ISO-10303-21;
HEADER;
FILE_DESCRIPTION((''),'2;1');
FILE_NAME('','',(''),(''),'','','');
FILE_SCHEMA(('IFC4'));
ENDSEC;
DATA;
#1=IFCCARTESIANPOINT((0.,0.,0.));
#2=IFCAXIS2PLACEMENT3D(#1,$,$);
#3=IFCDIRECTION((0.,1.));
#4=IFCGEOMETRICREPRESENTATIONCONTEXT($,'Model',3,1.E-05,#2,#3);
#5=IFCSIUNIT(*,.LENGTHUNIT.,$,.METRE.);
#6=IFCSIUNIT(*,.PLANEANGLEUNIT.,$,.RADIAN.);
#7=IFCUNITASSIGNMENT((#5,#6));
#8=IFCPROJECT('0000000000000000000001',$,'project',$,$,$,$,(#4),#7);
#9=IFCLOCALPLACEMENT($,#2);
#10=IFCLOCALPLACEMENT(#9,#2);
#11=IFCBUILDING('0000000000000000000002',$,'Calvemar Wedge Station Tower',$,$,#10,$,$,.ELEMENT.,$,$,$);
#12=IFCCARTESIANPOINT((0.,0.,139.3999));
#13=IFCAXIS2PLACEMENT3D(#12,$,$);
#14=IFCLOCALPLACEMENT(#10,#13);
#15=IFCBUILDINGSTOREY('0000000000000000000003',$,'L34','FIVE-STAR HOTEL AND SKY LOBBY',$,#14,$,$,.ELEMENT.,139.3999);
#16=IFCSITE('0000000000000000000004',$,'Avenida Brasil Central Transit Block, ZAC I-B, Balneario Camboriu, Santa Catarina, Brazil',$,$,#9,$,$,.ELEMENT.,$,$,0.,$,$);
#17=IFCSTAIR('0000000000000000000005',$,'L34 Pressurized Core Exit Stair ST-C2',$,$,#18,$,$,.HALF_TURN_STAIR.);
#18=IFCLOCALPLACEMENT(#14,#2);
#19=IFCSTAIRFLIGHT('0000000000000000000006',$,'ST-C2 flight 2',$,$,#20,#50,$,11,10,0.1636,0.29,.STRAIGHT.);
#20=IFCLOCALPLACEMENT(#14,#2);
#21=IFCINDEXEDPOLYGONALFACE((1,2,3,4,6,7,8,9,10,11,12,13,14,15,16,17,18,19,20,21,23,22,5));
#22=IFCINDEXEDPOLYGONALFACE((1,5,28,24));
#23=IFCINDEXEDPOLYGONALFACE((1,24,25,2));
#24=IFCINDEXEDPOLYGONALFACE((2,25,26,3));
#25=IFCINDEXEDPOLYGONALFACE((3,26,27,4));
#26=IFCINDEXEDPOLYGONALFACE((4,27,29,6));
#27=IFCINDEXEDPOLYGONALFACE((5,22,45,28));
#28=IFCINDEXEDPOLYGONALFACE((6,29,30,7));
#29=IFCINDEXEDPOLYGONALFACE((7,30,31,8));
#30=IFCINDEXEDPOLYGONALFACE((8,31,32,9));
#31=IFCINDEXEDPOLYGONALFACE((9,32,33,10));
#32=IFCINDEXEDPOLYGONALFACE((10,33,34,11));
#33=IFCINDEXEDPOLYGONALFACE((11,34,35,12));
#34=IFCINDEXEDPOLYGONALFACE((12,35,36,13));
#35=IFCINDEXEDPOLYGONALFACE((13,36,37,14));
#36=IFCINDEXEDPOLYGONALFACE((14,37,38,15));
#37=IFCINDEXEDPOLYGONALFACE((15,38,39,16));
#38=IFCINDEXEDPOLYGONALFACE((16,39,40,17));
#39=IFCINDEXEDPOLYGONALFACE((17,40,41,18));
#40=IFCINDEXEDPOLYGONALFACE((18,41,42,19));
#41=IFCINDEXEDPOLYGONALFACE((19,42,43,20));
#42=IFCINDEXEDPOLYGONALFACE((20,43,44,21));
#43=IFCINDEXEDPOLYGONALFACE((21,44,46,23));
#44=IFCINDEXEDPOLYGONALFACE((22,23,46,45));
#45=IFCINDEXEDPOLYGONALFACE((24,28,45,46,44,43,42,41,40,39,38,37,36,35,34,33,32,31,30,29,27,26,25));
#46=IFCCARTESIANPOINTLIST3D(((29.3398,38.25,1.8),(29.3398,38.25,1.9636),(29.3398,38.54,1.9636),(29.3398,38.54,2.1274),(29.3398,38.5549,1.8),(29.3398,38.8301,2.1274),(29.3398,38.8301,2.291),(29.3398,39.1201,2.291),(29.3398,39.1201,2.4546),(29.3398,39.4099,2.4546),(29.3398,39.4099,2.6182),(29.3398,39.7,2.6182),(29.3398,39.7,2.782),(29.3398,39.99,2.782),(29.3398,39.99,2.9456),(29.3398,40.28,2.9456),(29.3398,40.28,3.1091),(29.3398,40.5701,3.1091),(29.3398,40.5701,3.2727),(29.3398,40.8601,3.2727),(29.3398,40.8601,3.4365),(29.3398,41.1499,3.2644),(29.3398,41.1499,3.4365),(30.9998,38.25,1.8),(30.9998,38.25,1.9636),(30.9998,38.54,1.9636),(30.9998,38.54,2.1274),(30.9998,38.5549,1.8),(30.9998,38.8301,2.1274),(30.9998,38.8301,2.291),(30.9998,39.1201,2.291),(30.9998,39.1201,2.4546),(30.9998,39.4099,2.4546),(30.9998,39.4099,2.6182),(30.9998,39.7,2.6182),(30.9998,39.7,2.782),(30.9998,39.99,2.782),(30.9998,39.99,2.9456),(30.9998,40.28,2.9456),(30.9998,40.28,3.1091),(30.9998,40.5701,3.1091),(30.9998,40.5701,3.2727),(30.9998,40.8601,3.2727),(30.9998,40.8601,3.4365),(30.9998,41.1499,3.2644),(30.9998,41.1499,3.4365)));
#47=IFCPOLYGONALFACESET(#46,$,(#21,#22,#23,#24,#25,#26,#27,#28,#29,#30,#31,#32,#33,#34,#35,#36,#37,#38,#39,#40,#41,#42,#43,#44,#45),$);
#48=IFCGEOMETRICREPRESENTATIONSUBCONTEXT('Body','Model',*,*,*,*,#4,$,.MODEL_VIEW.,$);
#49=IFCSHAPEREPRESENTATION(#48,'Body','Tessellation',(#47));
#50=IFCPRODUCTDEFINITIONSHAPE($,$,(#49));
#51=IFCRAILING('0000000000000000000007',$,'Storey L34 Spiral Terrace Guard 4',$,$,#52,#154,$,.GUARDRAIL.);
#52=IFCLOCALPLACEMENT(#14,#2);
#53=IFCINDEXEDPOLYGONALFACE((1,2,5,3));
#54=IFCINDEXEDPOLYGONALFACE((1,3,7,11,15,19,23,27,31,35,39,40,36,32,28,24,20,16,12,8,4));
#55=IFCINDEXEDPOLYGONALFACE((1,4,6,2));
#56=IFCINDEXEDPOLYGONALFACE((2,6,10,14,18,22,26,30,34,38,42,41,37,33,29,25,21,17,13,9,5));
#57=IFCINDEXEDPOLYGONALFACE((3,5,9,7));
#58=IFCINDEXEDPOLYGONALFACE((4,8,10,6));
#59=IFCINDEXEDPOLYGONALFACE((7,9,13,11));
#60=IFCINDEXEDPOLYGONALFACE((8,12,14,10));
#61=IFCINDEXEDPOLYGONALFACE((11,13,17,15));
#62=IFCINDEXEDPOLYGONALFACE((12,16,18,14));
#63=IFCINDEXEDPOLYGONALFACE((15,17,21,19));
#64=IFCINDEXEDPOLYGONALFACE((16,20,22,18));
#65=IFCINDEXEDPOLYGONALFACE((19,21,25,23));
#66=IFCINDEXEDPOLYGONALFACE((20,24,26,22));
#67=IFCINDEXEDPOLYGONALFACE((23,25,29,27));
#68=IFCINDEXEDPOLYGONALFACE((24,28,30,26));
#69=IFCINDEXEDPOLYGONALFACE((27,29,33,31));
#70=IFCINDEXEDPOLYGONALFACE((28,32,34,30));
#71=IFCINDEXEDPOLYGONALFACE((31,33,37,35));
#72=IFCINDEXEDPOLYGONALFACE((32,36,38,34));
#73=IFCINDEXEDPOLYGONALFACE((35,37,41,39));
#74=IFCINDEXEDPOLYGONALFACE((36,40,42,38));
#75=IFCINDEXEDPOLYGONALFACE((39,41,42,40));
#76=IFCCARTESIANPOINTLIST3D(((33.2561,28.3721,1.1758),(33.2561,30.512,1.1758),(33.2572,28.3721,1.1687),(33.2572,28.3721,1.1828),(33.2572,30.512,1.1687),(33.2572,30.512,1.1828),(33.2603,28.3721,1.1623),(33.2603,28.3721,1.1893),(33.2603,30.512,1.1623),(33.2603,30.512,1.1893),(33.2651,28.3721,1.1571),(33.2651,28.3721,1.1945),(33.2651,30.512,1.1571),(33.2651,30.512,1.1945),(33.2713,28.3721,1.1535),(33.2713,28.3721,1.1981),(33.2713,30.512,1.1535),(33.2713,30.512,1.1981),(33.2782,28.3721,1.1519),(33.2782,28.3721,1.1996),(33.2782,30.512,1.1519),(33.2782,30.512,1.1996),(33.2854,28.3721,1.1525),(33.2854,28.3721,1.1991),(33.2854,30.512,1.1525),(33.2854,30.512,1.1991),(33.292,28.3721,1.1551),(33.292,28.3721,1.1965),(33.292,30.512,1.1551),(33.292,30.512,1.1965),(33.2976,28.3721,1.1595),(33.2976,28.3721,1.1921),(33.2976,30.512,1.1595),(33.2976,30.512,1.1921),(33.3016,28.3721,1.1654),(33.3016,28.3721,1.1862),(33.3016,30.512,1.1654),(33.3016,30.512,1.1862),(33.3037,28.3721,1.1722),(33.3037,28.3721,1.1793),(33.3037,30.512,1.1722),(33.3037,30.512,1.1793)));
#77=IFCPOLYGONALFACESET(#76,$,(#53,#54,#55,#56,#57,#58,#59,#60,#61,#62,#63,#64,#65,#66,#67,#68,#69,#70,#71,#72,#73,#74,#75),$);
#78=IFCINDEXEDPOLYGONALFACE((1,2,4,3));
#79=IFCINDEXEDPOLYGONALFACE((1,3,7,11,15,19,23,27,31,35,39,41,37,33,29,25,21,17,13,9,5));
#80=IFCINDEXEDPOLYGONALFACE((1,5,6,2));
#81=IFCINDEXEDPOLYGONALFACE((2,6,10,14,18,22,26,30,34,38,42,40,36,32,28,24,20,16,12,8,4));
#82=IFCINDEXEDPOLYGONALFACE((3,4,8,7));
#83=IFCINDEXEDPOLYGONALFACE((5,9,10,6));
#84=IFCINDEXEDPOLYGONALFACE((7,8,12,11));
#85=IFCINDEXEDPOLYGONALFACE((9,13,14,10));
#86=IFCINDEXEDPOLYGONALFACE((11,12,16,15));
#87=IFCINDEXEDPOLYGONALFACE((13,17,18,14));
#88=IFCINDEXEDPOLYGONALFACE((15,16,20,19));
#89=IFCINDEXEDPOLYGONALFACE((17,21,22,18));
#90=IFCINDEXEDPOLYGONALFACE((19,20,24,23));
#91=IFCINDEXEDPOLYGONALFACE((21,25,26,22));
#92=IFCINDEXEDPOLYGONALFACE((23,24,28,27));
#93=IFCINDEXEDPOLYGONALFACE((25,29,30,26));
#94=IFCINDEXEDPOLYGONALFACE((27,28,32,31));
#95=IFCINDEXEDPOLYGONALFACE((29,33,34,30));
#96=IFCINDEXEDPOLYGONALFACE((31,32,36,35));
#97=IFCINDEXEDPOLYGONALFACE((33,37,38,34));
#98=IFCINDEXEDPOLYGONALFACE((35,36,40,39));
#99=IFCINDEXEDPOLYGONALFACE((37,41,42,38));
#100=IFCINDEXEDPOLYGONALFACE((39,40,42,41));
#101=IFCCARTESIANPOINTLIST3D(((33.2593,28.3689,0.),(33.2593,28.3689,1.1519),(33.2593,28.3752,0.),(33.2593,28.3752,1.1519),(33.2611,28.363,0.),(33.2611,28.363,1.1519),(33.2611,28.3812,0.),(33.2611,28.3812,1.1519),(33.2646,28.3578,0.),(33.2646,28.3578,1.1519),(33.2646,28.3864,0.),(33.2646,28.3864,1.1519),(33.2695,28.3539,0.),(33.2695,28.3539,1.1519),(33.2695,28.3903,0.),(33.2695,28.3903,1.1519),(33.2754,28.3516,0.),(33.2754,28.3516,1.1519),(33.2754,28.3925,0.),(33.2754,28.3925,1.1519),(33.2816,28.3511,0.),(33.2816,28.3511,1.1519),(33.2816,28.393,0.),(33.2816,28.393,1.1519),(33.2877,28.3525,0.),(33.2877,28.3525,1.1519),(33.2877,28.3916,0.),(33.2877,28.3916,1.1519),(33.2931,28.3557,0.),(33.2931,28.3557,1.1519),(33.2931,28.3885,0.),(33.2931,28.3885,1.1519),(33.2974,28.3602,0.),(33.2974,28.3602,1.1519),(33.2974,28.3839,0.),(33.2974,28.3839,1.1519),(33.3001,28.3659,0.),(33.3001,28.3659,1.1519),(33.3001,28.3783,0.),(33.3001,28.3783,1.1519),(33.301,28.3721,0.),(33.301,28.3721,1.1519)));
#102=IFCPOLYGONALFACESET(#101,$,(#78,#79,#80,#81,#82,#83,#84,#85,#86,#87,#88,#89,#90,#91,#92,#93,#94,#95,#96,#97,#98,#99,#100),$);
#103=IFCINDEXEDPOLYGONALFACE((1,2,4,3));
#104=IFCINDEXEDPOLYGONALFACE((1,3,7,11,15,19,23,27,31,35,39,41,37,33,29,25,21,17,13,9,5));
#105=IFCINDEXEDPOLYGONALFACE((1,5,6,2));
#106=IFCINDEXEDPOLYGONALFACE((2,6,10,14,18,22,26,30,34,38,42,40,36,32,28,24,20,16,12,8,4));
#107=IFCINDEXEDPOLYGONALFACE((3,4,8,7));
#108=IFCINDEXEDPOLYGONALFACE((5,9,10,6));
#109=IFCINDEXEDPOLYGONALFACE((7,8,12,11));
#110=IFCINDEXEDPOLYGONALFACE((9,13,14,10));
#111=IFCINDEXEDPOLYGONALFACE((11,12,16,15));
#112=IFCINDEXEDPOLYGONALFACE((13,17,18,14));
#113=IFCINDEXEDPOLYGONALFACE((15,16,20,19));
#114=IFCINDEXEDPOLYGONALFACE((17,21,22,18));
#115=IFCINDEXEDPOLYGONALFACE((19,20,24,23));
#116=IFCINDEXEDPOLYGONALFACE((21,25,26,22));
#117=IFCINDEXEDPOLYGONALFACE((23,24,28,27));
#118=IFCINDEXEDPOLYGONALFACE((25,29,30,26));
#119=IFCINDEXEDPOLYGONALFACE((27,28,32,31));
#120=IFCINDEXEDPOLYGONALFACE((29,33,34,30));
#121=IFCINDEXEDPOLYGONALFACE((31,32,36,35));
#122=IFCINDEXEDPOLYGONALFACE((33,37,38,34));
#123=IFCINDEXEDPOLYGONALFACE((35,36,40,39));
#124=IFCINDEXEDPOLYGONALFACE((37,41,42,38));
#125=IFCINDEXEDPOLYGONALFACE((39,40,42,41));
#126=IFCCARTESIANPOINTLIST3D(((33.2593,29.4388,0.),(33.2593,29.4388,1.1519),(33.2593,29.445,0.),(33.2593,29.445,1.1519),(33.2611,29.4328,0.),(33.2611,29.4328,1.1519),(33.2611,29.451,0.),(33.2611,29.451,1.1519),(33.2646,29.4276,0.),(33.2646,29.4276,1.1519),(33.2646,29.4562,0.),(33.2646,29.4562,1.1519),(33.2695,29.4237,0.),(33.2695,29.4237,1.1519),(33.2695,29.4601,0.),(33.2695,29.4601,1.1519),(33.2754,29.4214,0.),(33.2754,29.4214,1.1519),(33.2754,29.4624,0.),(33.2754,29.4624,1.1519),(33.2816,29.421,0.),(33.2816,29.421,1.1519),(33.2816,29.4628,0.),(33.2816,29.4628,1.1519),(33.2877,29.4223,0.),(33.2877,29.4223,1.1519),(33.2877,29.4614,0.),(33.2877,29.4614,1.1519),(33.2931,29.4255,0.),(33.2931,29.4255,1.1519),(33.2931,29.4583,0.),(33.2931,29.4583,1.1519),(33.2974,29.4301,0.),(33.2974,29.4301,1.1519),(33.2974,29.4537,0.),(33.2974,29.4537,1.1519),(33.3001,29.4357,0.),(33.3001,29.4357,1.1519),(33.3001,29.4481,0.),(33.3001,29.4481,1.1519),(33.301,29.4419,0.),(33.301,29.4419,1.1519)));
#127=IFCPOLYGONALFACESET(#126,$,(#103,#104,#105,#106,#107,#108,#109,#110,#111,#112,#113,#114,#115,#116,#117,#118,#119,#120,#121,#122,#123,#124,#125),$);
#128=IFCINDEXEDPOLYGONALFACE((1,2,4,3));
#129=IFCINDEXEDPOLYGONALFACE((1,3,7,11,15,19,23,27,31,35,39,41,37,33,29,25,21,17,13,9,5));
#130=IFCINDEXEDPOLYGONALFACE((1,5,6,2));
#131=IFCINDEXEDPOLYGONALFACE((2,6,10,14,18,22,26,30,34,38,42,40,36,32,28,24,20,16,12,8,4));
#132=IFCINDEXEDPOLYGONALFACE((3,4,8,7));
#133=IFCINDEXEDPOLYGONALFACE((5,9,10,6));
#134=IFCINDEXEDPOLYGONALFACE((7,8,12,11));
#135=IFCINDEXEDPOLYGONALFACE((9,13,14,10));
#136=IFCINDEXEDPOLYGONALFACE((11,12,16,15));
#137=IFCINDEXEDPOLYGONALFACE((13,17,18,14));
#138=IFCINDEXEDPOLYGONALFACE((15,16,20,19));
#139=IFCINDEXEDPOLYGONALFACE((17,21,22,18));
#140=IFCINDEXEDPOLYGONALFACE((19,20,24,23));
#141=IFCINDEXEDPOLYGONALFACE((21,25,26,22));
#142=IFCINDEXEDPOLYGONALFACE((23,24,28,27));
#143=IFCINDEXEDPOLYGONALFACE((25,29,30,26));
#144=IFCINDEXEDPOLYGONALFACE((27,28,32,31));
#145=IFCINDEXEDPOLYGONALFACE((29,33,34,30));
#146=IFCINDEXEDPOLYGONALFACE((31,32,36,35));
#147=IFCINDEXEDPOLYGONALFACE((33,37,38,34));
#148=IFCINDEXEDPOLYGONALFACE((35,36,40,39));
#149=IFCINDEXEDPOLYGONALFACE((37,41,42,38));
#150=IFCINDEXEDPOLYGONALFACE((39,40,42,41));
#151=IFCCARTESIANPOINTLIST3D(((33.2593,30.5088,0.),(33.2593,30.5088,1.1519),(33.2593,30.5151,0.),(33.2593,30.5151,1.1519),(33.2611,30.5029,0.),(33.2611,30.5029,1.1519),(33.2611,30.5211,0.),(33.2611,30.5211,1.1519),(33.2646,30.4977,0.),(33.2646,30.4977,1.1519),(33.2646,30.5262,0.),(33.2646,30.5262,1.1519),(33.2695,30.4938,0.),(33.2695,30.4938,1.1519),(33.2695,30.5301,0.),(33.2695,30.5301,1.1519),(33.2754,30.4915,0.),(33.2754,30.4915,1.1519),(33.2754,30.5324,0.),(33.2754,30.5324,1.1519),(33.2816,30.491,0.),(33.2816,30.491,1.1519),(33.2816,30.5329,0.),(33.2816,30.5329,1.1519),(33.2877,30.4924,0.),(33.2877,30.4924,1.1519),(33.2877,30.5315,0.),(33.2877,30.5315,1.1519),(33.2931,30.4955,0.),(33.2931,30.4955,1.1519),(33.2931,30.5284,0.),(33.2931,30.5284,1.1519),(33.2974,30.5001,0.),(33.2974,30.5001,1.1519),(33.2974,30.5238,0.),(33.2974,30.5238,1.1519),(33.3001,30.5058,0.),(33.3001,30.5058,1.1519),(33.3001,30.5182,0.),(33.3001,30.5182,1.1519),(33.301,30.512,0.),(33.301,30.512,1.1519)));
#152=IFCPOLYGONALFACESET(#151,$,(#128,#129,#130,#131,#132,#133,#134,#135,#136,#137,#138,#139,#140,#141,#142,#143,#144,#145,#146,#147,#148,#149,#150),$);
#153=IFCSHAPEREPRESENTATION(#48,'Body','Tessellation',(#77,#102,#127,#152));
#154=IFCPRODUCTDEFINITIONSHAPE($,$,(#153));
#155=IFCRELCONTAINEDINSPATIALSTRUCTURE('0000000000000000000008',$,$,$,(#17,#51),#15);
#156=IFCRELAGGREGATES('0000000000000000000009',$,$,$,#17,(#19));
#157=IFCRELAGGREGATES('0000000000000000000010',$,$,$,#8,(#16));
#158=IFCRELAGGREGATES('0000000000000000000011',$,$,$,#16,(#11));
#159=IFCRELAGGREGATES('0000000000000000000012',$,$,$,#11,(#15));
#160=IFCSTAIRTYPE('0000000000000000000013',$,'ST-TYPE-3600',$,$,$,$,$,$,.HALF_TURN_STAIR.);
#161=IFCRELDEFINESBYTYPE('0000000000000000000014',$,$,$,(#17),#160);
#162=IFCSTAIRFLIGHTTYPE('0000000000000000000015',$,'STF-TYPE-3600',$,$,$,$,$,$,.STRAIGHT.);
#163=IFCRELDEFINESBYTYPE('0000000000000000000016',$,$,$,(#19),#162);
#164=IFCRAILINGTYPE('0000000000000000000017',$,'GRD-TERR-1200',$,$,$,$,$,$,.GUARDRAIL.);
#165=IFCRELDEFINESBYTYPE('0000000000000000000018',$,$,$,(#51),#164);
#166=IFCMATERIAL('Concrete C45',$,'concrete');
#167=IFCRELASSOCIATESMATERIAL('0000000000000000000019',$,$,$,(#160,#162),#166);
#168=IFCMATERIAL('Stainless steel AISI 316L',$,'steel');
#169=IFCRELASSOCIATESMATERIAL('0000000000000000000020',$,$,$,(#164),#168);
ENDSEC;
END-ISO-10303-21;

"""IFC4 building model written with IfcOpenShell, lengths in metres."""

from ifc_helpers import new_model, si_unit, direction, frame, origin, origin_2d, place, context, subcontext, project, spatial, polyline, circle, outline, extrude, material, type_object, element, aggregate, save


model = new_model("IFC4")

# Units and contexts
model_context = context("Model", 3, precision=1e-05, world=origin(), true_north=direction((0.0, 1.0)))
body_context = subcontext(model_context, "Body", "Model", "MODEL_VIEW")
ifc_project = project(units=[si_unit("LENGTHUNIT", "METRE"), si_unit("PLANEANGLEUNIT", "RADIAN")], contexts=[model_context])

# Site, building, storey
site_placement = place(None, origin())
site = spatial("IfcSite", under=ifc_project, at=site_placement, Name="Avenida Brasil Central Transit Block, ZAC I-B, Balneario Camboriu, Santa Catarina, Brazil", CompositionType="ELEMENT", RefElevation=0.0)
building_placement = place(site_placement, origin())
building = spatial("IfcBuilding", under=site, at=building_placement, Name="Calvemar Wedge Station Tower", CompositionType="ELEMENT")
storey_placement = place(building_placement, frame((0.0, 0.0, 139.3999)))
storey = spatial("IfcBuildingStorey", under=building, at=storey_placement, Name="L34", Description="FIVE-STAR HOTEL AND SKY LOBBY", CompositionType="ELEMENT", Elevation=139.3999)

# Stair, stair flight
ifc_material_1 = material(Name="Concrete C45", Category="concrete")
stair_type = type_object("IfcStairType", Name="ST-TYPE-3600", PredefinedType="HALF_TURN_STAIR", material=ifc_material_1)
stair_placement = place(storey_placement, origin())
stair = element("IfcStair", 1, at=stair_placement, inside=storey, type_object=stair_type, Name="L34 Pressurized Core Exit Stair ST-C2", PredefinedType="HALF_TURN_STAIR")
stair_flight_type = type_object("IfcStairFlightType", Name="STF-TYPE-3600", PredefinedType="STRAIGHT", material=ifc_material_1)
stair_flight_1_placement = place(storey_placement, frame((30.1699, 38.25, 1.8), z_axis=(0.0, 0.0, 1.0), x_axis=(0.0, 1.0, 0.0)))
stair_flight_1 = element("IfcStairFlight", 2, at=stair_flight_1_placement, type_object=stair_flight_type, Name="ST-C2 flight 2", NumberOfRisers=11, NumberOfTreads=10, PredefinedType="STRAIGHT", RiserHeight=0.1636, TreadLength=0.29, context=body_context, shape_type="SweptSolid", body=[
    extrude(outline(polyline([(0.0, 0.0), (0.0, 0.1636), (0.29, 0.1636), (0.29, 0.3274), (0.5801, 0.3274), (0.5801, 0.491), (0.8701, 0.491), (0.8701, 0.6545), (1.1599, 0.6545), (1.1599, 0.8181), (1.45, 0.8181), (1.45, 0.9819), (1.74, 0.9819), (1.74, 1.1455), (2.03, 1.1455), (2.03, 1.3091), (2.3201, 1.3091), (2.3201, 1.4727), (2.6101, 1.4727), (2.6101, 1.6365), (2.8999, 1.6365), (2.8999, 1.8), (2.8999, 1.4644), (0.3049, 0.0), (0.0, 0.0)])), frame((0.0, 0.8301, 0.0), z_axis=(0.0, -1.0, 0.0), x_axis=(1.0, 0.0, 0.0)), (0.0, 0.0, 1.0), 1.6599),
])
aggregate(stair, [stair_flight_1])

# Railing
ifc_material_2 = material(Name="Stainless steel AISI 316L", Category="steel")
railing_type_1 = type_object("IfcRailingType", Name="GRD-TERR-1200", PredefinedType="GUARDRAIL", material=ifc_material_2)
railing_1_placement = place(storey_placement, frame((33.28, 28.3721, 0.0)))
element("IfcRailing", 3, at=railing_1_placement, inside=storey, type_object=railing_type_1, Name="Storey L34 Spiral Terrace Guard 4", PredefinedType="GUARDRAIL", context=body_context, shape_type="SweptSolid", body=[
    extrude(circle(Radius=0.0239, at=origin_2d()), frame((0.0, 0.0, 1.1758), z_axis=(0.0, 1.0, 0.0), x_axis=(-1.0, 0.0, 0.0)), (0.0, 0.0, 1.0), 2.1399),
    extrude(circle(Radius=0.021, at=origin_2d()), origin(), (0.0, 0.0, 1.0), 1.1519),
    extrude(circle(Radius=0.021, at=origin_2d()), frame((0.0, 1.0698, 0.0)), (0.0, 0.0, 1.0), 1.1519),
    extrude(circle(Radius=0.021, at=origin_2d()), frame((0.0, 2.1399, 0.0)), (0.0, 0.0, 1.0), 1.1519),
])

save(model, "model.ifc")
